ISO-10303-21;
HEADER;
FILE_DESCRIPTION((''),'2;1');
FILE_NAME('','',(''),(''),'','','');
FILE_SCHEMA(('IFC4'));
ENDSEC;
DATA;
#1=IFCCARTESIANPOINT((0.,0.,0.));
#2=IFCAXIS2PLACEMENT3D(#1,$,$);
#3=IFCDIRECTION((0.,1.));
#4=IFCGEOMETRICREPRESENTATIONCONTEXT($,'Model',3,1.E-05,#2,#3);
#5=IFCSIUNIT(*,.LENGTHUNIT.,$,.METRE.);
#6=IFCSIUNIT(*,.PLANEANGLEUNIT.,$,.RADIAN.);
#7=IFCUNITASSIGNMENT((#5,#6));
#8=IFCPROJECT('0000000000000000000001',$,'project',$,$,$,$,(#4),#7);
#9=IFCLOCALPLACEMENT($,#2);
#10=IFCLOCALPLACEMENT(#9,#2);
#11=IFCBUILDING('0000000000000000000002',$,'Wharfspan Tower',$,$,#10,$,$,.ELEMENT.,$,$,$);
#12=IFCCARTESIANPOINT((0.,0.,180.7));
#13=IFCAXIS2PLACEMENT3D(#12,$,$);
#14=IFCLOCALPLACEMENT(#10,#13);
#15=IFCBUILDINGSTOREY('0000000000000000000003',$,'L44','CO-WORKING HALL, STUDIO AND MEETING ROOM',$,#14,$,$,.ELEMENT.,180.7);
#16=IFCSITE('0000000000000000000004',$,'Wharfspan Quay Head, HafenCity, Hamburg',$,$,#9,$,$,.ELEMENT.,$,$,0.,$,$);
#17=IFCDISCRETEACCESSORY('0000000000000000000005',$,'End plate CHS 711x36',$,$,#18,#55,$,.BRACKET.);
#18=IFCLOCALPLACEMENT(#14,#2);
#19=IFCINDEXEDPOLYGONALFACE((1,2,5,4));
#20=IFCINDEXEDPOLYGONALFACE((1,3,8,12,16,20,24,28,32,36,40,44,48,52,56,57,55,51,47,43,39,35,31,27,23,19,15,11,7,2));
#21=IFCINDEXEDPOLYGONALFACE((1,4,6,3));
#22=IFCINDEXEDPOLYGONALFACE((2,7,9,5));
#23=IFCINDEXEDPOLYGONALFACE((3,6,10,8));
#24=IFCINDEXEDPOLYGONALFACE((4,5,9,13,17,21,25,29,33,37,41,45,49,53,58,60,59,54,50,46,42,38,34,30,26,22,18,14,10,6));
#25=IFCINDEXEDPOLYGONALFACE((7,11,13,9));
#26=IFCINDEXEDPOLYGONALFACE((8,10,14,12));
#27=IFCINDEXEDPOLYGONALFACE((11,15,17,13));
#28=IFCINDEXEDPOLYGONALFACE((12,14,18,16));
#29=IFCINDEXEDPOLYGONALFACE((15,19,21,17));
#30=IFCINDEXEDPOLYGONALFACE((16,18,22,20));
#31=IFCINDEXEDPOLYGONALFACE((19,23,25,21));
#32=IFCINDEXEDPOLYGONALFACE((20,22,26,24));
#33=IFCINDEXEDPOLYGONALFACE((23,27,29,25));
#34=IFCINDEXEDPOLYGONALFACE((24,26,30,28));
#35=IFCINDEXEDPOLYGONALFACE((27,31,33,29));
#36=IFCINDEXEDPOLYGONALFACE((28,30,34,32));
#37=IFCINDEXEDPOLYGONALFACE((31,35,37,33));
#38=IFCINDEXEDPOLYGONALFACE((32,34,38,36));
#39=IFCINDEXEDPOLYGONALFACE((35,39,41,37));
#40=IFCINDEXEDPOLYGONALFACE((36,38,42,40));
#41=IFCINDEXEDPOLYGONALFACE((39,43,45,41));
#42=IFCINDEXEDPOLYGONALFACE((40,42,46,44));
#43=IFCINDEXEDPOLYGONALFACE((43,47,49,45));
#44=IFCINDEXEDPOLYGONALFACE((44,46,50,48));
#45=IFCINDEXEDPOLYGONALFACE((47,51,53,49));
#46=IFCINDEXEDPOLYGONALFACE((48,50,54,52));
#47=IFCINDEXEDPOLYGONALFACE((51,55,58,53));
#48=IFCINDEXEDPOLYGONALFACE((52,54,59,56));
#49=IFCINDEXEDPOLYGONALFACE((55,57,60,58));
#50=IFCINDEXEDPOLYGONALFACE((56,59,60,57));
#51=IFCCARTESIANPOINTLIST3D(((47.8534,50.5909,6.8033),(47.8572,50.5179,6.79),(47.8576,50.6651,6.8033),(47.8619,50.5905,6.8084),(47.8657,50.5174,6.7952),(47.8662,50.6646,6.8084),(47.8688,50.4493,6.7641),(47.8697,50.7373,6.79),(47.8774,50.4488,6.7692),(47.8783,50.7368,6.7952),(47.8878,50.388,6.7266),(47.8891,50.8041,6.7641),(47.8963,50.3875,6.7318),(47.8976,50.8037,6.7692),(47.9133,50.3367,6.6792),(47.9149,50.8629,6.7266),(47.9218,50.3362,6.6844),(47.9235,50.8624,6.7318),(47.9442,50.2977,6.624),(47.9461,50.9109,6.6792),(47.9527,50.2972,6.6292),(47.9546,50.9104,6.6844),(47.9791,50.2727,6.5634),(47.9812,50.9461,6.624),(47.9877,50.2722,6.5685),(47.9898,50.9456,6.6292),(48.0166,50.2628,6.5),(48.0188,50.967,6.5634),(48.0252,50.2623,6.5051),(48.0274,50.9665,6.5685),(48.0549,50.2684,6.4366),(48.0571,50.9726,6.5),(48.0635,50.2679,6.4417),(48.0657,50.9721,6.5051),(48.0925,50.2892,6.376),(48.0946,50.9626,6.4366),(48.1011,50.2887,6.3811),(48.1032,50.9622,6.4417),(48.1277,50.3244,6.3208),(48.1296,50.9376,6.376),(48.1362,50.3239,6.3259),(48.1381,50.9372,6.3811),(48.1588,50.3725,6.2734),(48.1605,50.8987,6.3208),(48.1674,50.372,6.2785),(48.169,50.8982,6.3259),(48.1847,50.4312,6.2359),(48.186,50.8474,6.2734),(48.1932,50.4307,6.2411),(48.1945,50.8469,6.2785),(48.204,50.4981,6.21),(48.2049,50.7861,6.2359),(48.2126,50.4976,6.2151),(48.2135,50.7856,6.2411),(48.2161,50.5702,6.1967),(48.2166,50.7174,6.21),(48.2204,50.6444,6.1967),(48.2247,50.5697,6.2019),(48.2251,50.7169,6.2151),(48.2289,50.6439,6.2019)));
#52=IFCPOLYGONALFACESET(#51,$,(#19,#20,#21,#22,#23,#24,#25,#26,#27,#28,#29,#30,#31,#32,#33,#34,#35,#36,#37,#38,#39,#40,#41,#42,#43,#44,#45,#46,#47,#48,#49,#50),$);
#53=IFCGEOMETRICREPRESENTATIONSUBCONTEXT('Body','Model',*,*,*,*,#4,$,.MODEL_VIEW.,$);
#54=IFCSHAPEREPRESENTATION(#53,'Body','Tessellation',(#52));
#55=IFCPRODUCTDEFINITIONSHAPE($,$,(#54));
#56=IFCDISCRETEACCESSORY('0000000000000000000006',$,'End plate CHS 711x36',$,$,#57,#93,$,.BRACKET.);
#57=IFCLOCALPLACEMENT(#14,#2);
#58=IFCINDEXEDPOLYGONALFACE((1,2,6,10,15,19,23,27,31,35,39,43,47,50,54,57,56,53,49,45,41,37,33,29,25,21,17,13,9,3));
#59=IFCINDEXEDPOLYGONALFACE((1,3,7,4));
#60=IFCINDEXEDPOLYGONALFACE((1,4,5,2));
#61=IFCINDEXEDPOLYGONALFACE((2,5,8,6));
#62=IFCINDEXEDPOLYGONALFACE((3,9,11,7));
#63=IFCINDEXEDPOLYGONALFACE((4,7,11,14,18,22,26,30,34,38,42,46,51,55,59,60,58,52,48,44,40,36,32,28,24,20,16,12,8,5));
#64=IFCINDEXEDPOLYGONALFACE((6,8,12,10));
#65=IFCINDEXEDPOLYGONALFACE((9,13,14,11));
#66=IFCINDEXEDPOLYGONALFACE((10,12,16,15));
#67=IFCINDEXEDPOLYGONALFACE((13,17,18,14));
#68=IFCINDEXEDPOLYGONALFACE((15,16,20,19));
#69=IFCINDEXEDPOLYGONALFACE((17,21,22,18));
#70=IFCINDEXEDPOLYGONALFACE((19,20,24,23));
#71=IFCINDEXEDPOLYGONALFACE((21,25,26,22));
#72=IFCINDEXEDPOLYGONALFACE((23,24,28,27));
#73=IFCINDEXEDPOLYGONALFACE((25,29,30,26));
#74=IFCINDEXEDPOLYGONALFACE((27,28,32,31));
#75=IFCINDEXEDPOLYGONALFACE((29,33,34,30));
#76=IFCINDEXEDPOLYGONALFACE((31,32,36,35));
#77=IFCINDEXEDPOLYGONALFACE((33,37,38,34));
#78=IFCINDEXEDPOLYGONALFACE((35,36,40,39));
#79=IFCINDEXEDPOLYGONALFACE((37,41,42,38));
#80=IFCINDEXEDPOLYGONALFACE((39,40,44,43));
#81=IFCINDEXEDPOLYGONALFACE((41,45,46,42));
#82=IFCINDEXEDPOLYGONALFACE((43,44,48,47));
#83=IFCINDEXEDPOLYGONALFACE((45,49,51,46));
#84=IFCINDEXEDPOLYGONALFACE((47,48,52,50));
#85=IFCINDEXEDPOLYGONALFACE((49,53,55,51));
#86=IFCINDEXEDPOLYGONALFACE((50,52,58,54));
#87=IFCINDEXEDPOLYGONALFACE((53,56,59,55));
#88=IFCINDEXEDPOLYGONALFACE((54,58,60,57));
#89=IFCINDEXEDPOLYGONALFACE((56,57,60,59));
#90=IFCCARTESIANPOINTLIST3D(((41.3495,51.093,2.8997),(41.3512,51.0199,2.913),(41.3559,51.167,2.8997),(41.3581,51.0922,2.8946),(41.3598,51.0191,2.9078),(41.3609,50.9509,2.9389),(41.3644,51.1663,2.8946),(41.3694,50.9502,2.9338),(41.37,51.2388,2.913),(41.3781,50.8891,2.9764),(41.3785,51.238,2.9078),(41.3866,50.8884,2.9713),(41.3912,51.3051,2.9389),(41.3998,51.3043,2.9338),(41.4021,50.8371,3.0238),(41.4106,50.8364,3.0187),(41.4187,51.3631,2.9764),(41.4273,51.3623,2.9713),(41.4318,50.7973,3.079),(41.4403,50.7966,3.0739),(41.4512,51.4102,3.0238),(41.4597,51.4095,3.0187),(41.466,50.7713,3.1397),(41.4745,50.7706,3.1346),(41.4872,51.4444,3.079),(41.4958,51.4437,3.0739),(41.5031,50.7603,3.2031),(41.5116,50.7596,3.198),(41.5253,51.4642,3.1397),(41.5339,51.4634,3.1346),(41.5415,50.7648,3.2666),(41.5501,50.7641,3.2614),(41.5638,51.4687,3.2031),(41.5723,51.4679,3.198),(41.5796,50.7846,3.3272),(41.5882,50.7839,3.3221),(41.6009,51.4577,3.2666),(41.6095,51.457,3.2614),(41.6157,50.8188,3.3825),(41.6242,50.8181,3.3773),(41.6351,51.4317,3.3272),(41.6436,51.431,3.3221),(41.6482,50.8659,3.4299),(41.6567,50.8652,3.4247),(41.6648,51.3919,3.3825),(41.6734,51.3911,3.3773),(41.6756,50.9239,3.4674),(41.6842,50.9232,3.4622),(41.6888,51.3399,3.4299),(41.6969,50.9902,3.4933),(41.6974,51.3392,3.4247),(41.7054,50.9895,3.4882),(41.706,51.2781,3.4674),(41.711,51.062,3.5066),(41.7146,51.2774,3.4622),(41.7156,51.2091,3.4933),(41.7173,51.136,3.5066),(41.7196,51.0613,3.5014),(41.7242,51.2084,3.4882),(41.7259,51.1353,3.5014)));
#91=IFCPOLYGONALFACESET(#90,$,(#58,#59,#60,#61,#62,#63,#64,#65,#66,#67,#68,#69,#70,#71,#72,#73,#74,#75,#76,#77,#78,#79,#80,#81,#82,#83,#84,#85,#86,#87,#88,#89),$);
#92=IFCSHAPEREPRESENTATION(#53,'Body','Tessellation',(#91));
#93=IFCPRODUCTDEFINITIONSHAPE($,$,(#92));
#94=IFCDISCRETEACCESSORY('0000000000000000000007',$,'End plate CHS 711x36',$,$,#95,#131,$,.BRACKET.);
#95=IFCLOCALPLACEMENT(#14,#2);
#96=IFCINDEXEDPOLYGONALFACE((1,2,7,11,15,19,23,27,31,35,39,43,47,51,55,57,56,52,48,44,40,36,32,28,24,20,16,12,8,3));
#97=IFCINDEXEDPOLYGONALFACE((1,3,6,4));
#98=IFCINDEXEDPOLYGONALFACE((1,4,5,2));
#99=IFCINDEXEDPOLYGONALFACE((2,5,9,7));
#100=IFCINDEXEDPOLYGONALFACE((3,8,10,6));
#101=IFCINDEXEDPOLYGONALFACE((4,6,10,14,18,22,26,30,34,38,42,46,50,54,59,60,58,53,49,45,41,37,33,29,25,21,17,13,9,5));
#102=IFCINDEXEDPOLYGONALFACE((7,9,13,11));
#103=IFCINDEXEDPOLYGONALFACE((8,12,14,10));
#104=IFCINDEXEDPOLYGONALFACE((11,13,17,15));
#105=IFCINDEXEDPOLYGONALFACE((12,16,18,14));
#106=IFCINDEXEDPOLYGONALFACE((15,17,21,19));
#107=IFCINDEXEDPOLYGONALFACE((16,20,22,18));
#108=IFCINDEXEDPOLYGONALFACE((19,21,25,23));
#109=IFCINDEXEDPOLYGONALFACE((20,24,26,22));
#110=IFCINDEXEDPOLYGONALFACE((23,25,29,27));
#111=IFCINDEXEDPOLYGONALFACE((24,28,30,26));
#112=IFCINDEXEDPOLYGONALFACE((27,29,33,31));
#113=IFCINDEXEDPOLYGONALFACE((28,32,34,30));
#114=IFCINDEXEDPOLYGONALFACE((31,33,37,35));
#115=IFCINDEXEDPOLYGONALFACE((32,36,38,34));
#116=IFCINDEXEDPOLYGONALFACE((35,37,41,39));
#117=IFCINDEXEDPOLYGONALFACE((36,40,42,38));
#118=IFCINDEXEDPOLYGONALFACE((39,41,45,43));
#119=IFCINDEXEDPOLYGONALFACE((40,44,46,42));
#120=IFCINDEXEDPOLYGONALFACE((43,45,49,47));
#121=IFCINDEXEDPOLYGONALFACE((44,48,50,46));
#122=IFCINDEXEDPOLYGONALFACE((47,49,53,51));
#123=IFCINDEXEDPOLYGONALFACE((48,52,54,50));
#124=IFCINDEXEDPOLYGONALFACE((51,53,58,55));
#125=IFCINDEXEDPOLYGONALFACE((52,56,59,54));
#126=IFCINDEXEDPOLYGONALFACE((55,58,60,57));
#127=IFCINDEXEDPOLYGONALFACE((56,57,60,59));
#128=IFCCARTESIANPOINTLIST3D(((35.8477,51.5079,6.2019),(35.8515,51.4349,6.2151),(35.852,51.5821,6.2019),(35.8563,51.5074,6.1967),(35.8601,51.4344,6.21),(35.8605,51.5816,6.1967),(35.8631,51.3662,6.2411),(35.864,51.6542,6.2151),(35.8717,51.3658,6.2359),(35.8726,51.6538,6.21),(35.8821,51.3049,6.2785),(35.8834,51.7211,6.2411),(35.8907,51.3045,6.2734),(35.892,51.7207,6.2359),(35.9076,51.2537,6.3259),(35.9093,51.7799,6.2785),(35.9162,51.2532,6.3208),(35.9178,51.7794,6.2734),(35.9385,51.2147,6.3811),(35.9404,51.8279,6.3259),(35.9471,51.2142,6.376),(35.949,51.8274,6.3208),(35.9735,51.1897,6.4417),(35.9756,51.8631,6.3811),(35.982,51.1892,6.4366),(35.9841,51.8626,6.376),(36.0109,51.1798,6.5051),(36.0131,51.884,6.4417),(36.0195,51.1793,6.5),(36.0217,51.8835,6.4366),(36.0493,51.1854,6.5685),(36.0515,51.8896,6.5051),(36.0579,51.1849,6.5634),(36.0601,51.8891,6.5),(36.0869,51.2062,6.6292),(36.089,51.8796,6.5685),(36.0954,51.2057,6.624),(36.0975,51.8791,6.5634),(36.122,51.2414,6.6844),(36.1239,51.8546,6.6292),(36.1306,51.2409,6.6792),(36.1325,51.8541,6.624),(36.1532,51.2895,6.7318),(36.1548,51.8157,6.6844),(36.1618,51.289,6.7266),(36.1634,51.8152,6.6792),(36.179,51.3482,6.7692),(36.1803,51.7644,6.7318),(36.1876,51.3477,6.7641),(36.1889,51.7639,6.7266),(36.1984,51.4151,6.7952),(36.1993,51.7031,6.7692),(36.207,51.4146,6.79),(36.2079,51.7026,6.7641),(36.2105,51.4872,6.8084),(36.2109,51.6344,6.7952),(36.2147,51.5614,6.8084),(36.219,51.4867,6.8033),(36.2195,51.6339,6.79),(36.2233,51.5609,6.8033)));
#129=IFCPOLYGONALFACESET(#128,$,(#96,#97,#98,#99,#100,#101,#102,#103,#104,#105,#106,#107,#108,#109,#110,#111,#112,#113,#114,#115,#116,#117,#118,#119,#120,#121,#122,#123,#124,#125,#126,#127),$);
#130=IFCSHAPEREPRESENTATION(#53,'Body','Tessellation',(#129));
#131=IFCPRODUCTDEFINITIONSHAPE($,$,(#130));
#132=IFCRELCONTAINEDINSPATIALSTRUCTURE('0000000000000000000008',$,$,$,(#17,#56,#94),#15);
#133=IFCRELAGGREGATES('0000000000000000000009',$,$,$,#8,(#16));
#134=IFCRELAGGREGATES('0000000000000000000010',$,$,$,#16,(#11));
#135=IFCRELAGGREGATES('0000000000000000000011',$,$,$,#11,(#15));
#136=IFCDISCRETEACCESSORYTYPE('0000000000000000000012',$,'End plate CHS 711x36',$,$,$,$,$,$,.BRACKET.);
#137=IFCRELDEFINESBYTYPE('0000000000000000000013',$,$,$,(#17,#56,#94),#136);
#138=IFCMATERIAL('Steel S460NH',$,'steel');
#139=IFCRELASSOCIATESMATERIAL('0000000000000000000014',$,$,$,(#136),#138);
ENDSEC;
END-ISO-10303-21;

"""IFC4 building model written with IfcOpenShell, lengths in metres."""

from ifc_helpers import new_model, si_unit, direction, frame, origin, origin_2d, place, context, subcontext, project, spatial, circle, extrude, material, material_profile, profile_set, type_object, element, save


model = new_model("IFC4")

# Units and contexts
model_context = context("Model", 3, precision=1e-05, world=origin(), true_north=direction((0.0, 1.0)))
body_context = subcontext(model_context, "Body", "Model", "MODEL_VIEW")
ifc_project = project(units=[si_unit("LENGTHUNIT", "METRE"), si_unit("PLANEANGLEUNIT", "RADIAN")], contexts=[model_context])

# Site, building, storey
site_placement = place(None, origin())
site = spatial("IfcSite", under=ifc_project, at=site_placement, Name="Wharfspan Quay Head, HafenCity, Hamburg", CompositionType="ELEMENT", RefElevation=0.0)
building_placement = place(site_placement, origin())
building = spatial("IfcBuilding", under=site, at=building_placement, Name="Wharfspan Tower", CompositionType="ELEMENT")
storey_placement = place(building_placement, frame((0.0, 0.0, 180.7)))
storey = spatial("IfcBuildingStorey", under=building, at=storey_placement, Name="L44", Description="CO-WORKING HALL, STUDIO AND MEETING ROOM", CompositionType="ELEMENT", Elevation=180.7)

# Shared definitions
ifc_material_1 = material(Name="Steel S460NH", Category="steel")

# Discrete accessories
ifc_material_profile_1 = material_profile(ifc_material_1, circle(Radius=0.3555, at=origin_2d()))
ifc_profile_set_1 = profile_set([ifc_material_profile_1], Name="Steel S460NH")
discrete_accessory_type = type_object("IfcDiscreteAccessoryType", Name="End plate CHS 711x36", PredefinedType="BRACKET", material=ifc_profile_set_1)
for number, where, z_axis, x_axis, name in (
    (1, (48.0369, 50.6177, 6.5), (0.856465, -0.048941, 0.513879), (0.05705, 0.998372, 0.0), "End plate CHS 711x36"),
    (2, (41.542, 51.1138, 3.198), (-0.855186, 0.073302, 0.513112), (-0.085402, -0.996345, -0.000001), "End plate CHS 711x36"),
    (3, (36.0398, 51.5342, 6.5), (-0.856465, 0.048941, 0.513879), (-0.05705, -0.998372, 0.0), "End plate CHS 711x36"),
):
    element("IfcDiscreteAccessory", number, at=place(storey_placement, frame(where, z_axis=z_axis, x_axis=x_axis)), inside=storey, type_object=discrete_accessory_type, Name=name, PredefinedType="BRACKET", context=body_context, shape_type="SweptSolid", body=[
        extrude(circle(Radius=0.3555, at=origin_2d()), origin(), (0.0, 0.0, 1.0), 0.01),
    ])

save(model, "model.ifc")
